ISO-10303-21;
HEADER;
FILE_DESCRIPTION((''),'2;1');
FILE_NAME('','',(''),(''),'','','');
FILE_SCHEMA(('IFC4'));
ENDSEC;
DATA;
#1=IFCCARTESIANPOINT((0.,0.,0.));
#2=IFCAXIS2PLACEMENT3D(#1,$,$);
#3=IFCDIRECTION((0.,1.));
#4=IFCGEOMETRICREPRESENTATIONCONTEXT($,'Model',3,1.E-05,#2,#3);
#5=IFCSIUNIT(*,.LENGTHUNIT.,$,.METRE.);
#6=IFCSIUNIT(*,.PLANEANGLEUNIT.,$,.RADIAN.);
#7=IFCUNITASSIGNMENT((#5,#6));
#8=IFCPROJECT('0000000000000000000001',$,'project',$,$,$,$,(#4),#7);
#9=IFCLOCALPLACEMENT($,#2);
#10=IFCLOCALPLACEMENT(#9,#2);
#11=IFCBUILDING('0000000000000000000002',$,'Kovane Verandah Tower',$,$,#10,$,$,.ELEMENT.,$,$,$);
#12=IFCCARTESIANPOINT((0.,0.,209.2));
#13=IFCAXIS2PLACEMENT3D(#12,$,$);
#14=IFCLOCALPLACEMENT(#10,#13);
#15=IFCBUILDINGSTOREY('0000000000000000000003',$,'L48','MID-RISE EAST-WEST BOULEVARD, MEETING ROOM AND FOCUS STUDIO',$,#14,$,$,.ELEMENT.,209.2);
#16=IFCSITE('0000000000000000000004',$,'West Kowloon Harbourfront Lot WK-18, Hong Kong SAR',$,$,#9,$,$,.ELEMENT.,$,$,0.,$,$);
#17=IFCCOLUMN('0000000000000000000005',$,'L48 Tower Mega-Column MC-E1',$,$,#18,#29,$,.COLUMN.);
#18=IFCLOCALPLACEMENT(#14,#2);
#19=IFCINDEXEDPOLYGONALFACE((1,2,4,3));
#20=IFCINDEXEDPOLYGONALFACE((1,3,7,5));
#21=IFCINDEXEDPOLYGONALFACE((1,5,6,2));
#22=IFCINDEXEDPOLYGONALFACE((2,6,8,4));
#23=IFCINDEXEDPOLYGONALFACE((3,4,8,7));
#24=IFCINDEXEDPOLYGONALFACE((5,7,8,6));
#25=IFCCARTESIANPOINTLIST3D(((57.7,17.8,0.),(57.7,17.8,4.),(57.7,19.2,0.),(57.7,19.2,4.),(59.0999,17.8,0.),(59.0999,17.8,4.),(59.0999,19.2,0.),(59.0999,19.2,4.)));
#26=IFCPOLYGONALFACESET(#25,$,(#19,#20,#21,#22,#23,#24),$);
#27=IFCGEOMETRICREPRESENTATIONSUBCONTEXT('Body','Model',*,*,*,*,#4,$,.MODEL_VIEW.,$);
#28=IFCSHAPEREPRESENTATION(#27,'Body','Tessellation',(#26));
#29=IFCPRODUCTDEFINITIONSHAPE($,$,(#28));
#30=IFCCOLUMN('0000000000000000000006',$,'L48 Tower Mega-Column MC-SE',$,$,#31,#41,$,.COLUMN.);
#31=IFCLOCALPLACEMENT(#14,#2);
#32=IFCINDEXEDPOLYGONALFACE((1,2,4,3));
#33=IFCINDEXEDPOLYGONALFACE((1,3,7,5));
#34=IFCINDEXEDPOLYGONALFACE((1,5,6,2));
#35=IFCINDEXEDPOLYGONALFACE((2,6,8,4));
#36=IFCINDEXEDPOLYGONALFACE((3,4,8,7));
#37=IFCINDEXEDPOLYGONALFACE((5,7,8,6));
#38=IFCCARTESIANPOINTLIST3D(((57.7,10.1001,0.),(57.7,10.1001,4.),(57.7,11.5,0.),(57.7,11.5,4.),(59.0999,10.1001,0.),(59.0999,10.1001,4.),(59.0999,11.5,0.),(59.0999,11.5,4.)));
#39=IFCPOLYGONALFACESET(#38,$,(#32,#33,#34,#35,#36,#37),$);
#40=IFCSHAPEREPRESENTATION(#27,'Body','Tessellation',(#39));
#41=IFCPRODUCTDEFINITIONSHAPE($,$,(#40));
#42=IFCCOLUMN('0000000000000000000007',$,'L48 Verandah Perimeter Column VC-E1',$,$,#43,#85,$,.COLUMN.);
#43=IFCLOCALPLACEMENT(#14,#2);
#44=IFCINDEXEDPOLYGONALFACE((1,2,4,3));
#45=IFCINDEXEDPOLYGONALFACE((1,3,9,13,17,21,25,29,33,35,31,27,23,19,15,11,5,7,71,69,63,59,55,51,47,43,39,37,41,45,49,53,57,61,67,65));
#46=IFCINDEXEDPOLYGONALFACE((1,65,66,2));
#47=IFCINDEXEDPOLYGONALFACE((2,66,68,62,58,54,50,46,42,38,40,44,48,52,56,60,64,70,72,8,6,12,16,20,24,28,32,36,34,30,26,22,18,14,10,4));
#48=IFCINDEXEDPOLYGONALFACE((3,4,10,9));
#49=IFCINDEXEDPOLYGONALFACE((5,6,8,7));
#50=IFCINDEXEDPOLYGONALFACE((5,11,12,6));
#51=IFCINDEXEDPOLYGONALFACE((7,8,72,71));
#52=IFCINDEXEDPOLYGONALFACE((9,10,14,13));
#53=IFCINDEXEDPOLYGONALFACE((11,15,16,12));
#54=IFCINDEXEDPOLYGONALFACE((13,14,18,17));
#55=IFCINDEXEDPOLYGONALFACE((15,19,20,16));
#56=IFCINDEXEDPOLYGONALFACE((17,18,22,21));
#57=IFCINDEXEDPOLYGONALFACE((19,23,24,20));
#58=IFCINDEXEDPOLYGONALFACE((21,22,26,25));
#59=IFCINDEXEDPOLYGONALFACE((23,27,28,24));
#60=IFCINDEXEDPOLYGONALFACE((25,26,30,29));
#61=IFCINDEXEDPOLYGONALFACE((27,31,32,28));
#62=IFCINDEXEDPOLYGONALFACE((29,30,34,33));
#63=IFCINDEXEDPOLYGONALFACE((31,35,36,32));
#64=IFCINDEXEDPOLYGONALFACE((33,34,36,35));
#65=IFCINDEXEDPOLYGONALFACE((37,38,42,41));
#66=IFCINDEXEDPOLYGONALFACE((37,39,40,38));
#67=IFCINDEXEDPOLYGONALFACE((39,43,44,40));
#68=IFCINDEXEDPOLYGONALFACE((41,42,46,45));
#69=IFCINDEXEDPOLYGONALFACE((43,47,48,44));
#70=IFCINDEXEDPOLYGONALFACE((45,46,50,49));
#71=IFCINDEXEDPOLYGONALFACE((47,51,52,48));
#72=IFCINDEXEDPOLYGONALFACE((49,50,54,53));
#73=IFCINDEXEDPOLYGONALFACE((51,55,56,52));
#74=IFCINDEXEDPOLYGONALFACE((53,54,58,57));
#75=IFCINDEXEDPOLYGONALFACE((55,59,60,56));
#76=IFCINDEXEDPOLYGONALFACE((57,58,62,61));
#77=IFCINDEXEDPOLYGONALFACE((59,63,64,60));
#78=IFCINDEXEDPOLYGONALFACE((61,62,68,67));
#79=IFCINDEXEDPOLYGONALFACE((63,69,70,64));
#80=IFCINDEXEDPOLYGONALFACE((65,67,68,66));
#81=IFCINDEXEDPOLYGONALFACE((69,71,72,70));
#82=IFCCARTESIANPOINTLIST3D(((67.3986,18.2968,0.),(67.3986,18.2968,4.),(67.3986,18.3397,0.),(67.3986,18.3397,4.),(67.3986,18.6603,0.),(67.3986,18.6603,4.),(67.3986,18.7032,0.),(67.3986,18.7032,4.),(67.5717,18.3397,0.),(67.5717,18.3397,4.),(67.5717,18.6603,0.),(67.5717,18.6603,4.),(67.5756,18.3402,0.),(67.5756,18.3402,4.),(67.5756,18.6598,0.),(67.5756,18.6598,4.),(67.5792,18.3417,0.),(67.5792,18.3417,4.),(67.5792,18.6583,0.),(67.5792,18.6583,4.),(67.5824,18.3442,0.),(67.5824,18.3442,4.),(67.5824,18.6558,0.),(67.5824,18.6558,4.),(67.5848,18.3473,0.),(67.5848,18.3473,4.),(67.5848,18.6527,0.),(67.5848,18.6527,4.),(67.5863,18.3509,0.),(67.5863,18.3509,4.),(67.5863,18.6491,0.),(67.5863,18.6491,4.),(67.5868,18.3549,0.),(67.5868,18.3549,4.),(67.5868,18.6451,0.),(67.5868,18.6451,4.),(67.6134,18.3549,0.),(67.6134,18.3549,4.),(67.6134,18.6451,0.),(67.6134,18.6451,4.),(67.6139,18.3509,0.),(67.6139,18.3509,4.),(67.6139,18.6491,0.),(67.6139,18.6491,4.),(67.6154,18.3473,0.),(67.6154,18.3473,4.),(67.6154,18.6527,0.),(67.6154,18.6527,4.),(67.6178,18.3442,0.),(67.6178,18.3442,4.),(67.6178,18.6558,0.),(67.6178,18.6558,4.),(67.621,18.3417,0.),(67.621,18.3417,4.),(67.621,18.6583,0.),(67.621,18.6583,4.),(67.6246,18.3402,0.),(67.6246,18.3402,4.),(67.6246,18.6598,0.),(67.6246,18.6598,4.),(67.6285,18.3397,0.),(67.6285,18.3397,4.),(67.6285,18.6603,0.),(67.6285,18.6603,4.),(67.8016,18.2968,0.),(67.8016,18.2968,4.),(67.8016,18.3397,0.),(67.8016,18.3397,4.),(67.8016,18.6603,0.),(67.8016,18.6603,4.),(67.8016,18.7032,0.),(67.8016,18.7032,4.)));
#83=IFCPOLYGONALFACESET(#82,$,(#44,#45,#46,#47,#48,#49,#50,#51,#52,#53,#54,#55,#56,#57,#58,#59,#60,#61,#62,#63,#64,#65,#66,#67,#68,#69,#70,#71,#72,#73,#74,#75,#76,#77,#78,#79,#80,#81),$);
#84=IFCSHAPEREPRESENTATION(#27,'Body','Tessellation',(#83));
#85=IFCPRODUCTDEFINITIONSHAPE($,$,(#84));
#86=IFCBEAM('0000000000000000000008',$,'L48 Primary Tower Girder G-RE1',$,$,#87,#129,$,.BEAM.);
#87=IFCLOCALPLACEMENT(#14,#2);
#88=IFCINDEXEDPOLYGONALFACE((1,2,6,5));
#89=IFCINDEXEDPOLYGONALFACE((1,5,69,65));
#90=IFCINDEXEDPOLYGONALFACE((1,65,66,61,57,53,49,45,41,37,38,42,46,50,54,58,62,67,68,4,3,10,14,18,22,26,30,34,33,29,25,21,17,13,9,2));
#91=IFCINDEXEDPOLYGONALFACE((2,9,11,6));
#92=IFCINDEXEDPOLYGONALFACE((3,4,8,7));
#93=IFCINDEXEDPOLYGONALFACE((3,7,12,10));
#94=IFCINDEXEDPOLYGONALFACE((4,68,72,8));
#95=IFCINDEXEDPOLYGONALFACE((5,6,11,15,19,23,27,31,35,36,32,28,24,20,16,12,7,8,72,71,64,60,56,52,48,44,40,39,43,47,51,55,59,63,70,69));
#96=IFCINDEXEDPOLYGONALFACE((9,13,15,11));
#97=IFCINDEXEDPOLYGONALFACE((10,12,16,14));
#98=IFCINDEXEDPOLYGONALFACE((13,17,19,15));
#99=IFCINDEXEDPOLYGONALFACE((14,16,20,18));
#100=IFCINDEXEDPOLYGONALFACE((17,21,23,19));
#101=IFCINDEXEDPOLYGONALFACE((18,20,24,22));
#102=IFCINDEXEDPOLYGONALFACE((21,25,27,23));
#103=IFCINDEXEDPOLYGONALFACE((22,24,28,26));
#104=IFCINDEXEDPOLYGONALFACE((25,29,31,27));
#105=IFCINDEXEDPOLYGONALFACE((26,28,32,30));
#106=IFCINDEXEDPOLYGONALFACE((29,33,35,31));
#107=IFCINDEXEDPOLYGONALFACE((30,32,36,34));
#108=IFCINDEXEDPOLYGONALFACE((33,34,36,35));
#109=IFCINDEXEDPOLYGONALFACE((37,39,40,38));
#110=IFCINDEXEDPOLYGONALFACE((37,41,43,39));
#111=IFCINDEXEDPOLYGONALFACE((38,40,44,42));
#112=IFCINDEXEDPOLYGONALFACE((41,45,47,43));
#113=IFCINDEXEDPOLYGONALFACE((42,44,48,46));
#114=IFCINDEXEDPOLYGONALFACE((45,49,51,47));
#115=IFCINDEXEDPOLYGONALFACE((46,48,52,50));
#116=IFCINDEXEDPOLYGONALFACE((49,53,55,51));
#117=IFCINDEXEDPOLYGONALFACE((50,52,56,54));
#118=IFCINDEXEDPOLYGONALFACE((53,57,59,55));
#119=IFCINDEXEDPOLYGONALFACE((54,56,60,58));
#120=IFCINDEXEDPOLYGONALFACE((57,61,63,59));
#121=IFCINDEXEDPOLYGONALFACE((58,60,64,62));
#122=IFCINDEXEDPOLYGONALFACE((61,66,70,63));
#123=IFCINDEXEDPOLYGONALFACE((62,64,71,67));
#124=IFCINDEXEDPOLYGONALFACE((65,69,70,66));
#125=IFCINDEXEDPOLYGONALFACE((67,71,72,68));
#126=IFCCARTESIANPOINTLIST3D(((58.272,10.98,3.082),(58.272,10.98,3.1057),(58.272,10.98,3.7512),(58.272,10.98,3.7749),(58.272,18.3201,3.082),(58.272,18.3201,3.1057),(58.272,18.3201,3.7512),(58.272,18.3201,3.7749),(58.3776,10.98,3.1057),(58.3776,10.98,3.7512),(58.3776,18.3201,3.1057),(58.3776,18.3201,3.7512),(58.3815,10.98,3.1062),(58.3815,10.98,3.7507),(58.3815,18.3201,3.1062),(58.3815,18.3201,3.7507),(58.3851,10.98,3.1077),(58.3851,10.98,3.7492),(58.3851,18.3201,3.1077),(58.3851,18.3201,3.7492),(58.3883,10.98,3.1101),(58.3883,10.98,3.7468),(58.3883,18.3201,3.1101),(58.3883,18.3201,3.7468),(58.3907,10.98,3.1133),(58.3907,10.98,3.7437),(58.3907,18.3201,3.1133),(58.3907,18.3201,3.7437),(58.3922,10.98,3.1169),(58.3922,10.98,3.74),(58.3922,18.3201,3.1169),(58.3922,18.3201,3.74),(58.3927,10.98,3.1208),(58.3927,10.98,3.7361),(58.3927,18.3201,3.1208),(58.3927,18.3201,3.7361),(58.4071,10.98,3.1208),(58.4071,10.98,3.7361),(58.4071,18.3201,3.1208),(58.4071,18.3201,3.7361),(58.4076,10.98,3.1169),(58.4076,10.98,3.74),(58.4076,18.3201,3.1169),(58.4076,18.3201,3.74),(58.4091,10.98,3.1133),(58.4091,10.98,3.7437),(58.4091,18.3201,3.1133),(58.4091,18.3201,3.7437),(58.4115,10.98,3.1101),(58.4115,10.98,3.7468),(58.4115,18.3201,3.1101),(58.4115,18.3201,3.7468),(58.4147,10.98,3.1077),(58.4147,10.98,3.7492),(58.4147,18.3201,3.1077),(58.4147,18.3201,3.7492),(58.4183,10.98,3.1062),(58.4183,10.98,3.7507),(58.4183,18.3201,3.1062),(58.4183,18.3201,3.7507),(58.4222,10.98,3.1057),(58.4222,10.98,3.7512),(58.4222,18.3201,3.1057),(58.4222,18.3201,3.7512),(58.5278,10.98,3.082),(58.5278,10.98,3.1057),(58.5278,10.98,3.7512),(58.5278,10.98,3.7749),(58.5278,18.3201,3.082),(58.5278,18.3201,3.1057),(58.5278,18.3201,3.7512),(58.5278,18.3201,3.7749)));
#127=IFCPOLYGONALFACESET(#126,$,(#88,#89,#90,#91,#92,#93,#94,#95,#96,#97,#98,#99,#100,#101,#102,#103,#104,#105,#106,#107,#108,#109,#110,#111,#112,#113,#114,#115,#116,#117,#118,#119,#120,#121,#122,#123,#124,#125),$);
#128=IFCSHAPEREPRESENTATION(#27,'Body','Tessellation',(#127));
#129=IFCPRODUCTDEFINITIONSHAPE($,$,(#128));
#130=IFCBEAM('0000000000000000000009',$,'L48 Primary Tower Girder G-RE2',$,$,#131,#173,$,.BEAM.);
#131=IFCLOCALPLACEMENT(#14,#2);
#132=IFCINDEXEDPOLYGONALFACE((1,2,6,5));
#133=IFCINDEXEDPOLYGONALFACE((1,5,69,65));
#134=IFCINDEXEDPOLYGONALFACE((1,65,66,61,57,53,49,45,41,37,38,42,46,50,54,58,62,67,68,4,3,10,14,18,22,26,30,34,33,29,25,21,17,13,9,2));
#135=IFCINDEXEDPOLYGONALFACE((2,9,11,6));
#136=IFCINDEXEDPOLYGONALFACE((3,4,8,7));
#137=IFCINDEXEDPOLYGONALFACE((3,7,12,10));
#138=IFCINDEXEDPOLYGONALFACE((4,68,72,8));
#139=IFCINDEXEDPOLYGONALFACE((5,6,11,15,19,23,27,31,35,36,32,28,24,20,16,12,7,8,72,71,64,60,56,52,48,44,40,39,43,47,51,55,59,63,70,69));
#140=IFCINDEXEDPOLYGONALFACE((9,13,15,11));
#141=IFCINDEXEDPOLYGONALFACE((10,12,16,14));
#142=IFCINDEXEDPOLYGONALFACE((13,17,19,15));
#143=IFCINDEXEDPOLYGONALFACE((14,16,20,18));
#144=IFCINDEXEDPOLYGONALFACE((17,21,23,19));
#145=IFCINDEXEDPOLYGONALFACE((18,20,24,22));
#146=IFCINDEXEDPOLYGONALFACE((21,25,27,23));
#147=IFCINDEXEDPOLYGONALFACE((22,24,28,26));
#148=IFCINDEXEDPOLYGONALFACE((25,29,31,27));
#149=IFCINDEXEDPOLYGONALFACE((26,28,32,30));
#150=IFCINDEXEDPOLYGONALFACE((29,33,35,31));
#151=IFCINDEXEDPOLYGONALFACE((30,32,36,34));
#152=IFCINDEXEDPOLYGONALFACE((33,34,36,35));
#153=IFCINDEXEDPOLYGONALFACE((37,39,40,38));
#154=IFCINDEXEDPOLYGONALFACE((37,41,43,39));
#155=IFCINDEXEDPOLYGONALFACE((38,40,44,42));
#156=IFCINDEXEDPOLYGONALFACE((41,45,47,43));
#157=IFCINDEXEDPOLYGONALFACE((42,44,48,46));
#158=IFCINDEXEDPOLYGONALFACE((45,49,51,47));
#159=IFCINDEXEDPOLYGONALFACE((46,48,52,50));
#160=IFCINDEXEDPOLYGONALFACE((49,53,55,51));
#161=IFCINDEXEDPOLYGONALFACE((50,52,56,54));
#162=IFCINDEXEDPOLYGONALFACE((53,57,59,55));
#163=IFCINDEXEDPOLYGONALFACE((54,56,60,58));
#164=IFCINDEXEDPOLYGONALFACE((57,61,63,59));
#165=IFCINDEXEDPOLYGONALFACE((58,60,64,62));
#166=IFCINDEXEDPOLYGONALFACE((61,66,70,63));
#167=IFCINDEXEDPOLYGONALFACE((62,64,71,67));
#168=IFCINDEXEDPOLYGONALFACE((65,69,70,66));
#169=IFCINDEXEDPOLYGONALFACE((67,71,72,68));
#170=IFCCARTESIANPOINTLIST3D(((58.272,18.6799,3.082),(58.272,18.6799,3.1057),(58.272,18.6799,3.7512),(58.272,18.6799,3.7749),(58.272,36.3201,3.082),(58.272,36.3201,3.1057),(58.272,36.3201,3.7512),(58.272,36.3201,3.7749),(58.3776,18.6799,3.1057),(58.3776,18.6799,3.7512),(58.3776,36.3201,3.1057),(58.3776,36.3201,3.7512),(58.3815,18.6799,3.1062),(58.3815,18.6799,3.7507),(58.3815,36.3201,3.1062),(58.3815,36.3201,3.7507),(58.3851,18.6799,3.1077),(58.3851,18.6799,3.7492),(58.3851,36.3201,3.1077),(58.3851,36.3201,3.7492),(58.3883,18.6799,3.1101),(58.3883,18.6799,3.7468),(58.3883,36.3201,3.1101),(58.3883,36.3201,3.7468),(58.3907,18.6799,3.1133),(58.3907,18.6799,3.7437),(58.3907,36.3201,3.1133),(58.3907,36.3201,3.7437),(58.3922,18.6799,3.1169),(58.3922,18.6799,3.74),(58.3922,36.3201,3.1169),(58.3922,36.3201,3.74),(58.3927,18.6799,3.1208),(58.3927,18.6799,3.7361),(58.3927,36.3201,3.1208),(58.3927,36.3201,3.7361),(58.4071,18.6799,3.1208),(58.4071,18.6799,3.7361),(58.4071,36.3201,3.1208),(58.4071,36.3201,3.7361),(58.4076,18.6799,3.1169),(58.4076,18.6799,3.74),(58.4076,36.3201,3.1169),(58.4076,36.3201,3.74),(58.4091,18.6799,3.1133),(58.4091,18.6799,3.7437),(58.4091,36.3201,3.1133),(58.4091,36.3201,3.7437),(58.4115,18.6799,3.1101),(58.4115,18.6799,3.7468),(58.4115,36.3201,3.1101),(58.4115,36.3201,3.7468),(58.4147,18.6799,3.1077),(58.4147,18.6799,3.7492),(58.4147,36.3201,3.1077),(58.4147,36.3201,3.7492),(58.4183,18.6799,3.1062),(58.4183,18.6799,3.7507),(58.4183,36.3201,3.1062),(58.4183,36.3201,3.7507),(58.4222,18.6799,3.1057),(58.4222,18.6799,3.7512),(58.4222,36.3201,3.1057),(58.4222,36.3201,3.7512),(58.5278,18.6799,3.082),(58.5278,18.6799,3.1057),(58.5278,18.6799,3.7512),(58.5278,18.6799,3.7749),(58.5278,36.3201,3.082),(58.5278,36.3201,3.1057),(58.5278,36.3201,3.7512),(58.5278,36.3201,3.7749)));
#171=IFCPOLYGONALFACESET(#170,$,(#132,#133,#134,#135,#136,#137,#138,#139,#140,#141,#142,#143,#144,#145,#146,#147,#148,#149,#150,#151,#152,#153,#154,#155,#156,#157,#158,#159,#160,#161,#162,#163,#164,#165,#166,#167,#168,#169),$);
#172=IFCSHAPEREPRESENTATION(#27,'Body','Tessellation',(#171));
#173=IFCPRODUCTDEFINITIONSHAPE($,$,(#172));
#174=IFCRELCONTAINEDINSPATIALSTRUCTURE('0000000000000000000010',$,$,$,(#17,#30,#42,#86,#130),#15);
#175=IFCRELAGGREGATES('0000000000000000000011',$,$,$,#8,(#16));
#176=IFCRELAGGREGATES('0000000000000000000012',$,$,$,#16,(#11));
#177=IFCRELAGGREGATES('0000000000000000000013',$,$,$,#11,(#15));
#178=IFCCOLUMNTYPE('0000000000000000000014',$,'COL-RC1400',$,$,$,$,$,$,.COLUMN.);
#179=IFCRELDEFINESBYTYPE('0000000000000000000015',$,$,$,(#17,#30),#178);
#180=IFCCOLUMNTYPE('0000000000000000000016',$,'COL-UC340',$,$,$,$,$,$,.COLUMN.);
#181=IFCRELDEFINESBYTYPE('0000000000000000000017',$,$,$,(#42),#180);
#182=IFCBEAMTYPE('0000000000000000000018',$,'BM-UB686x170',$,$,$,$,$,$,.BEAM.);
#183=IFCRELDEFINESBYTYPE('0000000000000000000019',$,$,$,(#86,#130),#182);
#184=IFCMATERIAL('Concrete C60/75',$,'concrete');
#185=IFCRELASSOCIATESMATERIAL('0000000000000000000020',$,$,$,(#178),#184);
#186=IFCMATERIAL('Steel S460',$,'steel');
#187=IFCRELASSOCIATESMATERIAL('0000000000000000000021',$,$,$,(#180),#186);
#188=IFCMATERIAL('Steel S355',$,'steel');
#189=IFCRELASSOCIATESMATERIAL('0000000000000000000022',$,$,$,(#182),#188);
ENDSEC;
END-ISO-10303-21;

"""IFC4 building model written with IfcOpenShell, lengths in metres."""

from ifc_helpers import new_model, si_unit, direction, frame, origin, origin_2d, place, context, subcontext, project, spatial, rectangle, i_section, extrude, material, material_profile, profile_set, type_object, element, save


model = new_model("IFC4")

# Units and contexts
model_context = context("Model", 3, precision=1e-05, world=origin(), true_north=direction((0.0, 1.0)))
body_context = subcontext(model_context, "Body", "Model", "MODEL_VIEW")
ifc_project = project(units=[si_unit("LENGTHUNIT", "METRE"), si_unit("PLANEANGLEUNIT", "RADIAN")], contexts=[model_context])

# Site, building, storey
site_placement = place(None, origin())
site = spatial("IfcSite", under=ifc_project, at=site_placement, Name="West Kowloon Harbourfront Lot WK-18, Hong Kong SAR", CompositionType="ELEMENT", RefElevation=0.0)
building_placement = place(site_placement, origin())
building = spatial("IfcBuilding", under=site, at=building_placement, Name="Kovane Verandah Tower", CompositionType="ELEMENT")
storey_placement = place(building_placement, frame((0.0, 0.0, 209.2)))
storey = spatial("IfcBuildingStorey", under=building, at=storey_placement, Name="L48", Description="MID-RISE EAST-WEST BOULEVARD, MEETING ROOM AND FOCUS STUDIO", CompositionType="ELEMENT", Elevation=209.2)

# Columns
ifc_material_1 = material(Name="Concrete C60/75", Category="concrete")
ifc_material_profile_1 = material_profile(ifc_material_1, rectangle(XDim=1.3999, YDim=1.3999, at=origin_2d()), Name="RC1400x1400")
ifc_profile_set_1 = profile_set([ifc_material_profile_1], Name="Concrete C60/75")
column_type_1 = type_object("IfcColumnType", Name="COL-RC1400", PredefinedType="COLUMN", material=ifc_profile_set_1)
for number, where, z_axis, x_axis, name in (
    (1, (58.3999, 18.5, 0.0), (0.0, 0.0, 1.0), (1.0, 0.0, 0.0), "L48 Tower Mega-Column MC-E1"),
    (2, (58.3999, 10.8, 0.0), (0.0, 0.0, 1.0), (1.0, 0.0, 0.0), "L48 Tower Mega-Column MC-SE"),
):
    element("IfcColumn", number, at=place(storey_placement, frame(where, z_axis=z_axis, x_axis=x_axis)), inside=storey, type_object=column_type_1, Name=name, PredefinedType="COLUMN", context=body_context, shape_type="SweptSolid", body=[
        extrude(rectangle(XDim=1.3999, YDim=1.3999, at=origin_2d()), origin(), (0.0, 0.0, 1.0), 4.0),
    ])
ifc_material_2 = material(Name="Steel S460", Category="steel")
ifc_material_profile_2 = material_profile(ifc_material_2, i_section(OverallWidth=0.4031, OverallDepth=0.4065, WebThickness=0.0266, FlangeThickness=0.043, FilletRadius=0.0151, at=origin_2d()), Name="UC356x406x340")
ifc_profile_set_2 = profile_set([ifc_material_profile_2], Name="Steel S460")
column_type_2 = type_object("IfcColumnType", Name="COL-UC340", PredefinedType="COLUMN", material=ifc_profile_set_2)
column_placement = place(storey_placement, frame((67.6001, 18.5, 0.0), z_axis=(0.0, 0.0, 1.0), x_axis=(1.0, 0.0, 0.0)))
element("IfcColumn", 3, at=column_placement, inside=storey, type_object=column_type_2, Name="L48 Verandah Perimeter Column VC-E1", PredefinedType="COLUMN", context=body_context, shape_type="SweptSolid", body=[
    extrude(i_section(OverallWidth=0.4031, OverallDepth=0.4065, WebThickness=0.0266, FlangeThickness=0.043, FilletRadius=0.0151, at=origin_2d()), origin(), (0.0, 0.0, 1.0), 4.0),
])

# Beams
ifc_material_3 = material(Name="Steel S355", Category="steel")
ifc_material_profile_3 = material_profile(ifc_material_3, i_section(OverallWidth=0.2559, OverallDepth=0.6929, WebThickness=0.0144, FlangeThickness=0.0237, FilletRadius=0.0151, at=origin_2d()), Name="UB686x254x170")
ifc_profile_set_3 = profile_set([ifc_material_profile_3], Name="Steel S355")
beam_type_1 = type_object("IfcBeamType", Name="BM-UB686x170", PredefinedType="BEAM", material=ifc_profile_set_3)
beam_1_placement = place(storey_placement, frame((58.3999, 10.98, 3.4285), z_axis=(0.0, 1.0, 0.0), x_axis=(-1.0, 0.0, 0.0)))
element("IfcBeam", 4, at=beam_1_placement, inside=storey, type_object=beam_type_1, Name="L48 Primary Tower Girder G-RE1", PredefinedType="BEAM", context=body_context, shape_type="SweptSolid", body=[
    extrude(i_section(OverallWidth=0.2559, OverallDepth=0.6929, WebThickness=0.0144, FlangeThickness=0.0237, FilletRadius=0.0151, at=origin_2d()), origin(), (0.0, 0.0, 1.0), 7.3401),
])
beam_2_placement = place(storey_placement, frame((58.3999, 18.6799, 3.4285), z_axis=(0.0, 1.0, 0.0), x_axis=(-1.0, 0.0, 0.0)))
element("IfcBeam", 5, at=beam_2_placement, inside=storey, type_object=beam_type_1, Name="L48 Primary Tower Girder G-RE2", PredefinedType="BEAM", context=body_context, shape_type="SweptSolid", body=[
    extrude(i_section(OverallWidth=0.2559, OverallDepth=0.6929, WebThickness=0.0144, FlangeThickness=0.0237, FilletRadius=0.0151, at=origin_2d()), origin(), (0.0, 0.0, 1.0), 17.6401),
])

save(model, "model.ifc")
